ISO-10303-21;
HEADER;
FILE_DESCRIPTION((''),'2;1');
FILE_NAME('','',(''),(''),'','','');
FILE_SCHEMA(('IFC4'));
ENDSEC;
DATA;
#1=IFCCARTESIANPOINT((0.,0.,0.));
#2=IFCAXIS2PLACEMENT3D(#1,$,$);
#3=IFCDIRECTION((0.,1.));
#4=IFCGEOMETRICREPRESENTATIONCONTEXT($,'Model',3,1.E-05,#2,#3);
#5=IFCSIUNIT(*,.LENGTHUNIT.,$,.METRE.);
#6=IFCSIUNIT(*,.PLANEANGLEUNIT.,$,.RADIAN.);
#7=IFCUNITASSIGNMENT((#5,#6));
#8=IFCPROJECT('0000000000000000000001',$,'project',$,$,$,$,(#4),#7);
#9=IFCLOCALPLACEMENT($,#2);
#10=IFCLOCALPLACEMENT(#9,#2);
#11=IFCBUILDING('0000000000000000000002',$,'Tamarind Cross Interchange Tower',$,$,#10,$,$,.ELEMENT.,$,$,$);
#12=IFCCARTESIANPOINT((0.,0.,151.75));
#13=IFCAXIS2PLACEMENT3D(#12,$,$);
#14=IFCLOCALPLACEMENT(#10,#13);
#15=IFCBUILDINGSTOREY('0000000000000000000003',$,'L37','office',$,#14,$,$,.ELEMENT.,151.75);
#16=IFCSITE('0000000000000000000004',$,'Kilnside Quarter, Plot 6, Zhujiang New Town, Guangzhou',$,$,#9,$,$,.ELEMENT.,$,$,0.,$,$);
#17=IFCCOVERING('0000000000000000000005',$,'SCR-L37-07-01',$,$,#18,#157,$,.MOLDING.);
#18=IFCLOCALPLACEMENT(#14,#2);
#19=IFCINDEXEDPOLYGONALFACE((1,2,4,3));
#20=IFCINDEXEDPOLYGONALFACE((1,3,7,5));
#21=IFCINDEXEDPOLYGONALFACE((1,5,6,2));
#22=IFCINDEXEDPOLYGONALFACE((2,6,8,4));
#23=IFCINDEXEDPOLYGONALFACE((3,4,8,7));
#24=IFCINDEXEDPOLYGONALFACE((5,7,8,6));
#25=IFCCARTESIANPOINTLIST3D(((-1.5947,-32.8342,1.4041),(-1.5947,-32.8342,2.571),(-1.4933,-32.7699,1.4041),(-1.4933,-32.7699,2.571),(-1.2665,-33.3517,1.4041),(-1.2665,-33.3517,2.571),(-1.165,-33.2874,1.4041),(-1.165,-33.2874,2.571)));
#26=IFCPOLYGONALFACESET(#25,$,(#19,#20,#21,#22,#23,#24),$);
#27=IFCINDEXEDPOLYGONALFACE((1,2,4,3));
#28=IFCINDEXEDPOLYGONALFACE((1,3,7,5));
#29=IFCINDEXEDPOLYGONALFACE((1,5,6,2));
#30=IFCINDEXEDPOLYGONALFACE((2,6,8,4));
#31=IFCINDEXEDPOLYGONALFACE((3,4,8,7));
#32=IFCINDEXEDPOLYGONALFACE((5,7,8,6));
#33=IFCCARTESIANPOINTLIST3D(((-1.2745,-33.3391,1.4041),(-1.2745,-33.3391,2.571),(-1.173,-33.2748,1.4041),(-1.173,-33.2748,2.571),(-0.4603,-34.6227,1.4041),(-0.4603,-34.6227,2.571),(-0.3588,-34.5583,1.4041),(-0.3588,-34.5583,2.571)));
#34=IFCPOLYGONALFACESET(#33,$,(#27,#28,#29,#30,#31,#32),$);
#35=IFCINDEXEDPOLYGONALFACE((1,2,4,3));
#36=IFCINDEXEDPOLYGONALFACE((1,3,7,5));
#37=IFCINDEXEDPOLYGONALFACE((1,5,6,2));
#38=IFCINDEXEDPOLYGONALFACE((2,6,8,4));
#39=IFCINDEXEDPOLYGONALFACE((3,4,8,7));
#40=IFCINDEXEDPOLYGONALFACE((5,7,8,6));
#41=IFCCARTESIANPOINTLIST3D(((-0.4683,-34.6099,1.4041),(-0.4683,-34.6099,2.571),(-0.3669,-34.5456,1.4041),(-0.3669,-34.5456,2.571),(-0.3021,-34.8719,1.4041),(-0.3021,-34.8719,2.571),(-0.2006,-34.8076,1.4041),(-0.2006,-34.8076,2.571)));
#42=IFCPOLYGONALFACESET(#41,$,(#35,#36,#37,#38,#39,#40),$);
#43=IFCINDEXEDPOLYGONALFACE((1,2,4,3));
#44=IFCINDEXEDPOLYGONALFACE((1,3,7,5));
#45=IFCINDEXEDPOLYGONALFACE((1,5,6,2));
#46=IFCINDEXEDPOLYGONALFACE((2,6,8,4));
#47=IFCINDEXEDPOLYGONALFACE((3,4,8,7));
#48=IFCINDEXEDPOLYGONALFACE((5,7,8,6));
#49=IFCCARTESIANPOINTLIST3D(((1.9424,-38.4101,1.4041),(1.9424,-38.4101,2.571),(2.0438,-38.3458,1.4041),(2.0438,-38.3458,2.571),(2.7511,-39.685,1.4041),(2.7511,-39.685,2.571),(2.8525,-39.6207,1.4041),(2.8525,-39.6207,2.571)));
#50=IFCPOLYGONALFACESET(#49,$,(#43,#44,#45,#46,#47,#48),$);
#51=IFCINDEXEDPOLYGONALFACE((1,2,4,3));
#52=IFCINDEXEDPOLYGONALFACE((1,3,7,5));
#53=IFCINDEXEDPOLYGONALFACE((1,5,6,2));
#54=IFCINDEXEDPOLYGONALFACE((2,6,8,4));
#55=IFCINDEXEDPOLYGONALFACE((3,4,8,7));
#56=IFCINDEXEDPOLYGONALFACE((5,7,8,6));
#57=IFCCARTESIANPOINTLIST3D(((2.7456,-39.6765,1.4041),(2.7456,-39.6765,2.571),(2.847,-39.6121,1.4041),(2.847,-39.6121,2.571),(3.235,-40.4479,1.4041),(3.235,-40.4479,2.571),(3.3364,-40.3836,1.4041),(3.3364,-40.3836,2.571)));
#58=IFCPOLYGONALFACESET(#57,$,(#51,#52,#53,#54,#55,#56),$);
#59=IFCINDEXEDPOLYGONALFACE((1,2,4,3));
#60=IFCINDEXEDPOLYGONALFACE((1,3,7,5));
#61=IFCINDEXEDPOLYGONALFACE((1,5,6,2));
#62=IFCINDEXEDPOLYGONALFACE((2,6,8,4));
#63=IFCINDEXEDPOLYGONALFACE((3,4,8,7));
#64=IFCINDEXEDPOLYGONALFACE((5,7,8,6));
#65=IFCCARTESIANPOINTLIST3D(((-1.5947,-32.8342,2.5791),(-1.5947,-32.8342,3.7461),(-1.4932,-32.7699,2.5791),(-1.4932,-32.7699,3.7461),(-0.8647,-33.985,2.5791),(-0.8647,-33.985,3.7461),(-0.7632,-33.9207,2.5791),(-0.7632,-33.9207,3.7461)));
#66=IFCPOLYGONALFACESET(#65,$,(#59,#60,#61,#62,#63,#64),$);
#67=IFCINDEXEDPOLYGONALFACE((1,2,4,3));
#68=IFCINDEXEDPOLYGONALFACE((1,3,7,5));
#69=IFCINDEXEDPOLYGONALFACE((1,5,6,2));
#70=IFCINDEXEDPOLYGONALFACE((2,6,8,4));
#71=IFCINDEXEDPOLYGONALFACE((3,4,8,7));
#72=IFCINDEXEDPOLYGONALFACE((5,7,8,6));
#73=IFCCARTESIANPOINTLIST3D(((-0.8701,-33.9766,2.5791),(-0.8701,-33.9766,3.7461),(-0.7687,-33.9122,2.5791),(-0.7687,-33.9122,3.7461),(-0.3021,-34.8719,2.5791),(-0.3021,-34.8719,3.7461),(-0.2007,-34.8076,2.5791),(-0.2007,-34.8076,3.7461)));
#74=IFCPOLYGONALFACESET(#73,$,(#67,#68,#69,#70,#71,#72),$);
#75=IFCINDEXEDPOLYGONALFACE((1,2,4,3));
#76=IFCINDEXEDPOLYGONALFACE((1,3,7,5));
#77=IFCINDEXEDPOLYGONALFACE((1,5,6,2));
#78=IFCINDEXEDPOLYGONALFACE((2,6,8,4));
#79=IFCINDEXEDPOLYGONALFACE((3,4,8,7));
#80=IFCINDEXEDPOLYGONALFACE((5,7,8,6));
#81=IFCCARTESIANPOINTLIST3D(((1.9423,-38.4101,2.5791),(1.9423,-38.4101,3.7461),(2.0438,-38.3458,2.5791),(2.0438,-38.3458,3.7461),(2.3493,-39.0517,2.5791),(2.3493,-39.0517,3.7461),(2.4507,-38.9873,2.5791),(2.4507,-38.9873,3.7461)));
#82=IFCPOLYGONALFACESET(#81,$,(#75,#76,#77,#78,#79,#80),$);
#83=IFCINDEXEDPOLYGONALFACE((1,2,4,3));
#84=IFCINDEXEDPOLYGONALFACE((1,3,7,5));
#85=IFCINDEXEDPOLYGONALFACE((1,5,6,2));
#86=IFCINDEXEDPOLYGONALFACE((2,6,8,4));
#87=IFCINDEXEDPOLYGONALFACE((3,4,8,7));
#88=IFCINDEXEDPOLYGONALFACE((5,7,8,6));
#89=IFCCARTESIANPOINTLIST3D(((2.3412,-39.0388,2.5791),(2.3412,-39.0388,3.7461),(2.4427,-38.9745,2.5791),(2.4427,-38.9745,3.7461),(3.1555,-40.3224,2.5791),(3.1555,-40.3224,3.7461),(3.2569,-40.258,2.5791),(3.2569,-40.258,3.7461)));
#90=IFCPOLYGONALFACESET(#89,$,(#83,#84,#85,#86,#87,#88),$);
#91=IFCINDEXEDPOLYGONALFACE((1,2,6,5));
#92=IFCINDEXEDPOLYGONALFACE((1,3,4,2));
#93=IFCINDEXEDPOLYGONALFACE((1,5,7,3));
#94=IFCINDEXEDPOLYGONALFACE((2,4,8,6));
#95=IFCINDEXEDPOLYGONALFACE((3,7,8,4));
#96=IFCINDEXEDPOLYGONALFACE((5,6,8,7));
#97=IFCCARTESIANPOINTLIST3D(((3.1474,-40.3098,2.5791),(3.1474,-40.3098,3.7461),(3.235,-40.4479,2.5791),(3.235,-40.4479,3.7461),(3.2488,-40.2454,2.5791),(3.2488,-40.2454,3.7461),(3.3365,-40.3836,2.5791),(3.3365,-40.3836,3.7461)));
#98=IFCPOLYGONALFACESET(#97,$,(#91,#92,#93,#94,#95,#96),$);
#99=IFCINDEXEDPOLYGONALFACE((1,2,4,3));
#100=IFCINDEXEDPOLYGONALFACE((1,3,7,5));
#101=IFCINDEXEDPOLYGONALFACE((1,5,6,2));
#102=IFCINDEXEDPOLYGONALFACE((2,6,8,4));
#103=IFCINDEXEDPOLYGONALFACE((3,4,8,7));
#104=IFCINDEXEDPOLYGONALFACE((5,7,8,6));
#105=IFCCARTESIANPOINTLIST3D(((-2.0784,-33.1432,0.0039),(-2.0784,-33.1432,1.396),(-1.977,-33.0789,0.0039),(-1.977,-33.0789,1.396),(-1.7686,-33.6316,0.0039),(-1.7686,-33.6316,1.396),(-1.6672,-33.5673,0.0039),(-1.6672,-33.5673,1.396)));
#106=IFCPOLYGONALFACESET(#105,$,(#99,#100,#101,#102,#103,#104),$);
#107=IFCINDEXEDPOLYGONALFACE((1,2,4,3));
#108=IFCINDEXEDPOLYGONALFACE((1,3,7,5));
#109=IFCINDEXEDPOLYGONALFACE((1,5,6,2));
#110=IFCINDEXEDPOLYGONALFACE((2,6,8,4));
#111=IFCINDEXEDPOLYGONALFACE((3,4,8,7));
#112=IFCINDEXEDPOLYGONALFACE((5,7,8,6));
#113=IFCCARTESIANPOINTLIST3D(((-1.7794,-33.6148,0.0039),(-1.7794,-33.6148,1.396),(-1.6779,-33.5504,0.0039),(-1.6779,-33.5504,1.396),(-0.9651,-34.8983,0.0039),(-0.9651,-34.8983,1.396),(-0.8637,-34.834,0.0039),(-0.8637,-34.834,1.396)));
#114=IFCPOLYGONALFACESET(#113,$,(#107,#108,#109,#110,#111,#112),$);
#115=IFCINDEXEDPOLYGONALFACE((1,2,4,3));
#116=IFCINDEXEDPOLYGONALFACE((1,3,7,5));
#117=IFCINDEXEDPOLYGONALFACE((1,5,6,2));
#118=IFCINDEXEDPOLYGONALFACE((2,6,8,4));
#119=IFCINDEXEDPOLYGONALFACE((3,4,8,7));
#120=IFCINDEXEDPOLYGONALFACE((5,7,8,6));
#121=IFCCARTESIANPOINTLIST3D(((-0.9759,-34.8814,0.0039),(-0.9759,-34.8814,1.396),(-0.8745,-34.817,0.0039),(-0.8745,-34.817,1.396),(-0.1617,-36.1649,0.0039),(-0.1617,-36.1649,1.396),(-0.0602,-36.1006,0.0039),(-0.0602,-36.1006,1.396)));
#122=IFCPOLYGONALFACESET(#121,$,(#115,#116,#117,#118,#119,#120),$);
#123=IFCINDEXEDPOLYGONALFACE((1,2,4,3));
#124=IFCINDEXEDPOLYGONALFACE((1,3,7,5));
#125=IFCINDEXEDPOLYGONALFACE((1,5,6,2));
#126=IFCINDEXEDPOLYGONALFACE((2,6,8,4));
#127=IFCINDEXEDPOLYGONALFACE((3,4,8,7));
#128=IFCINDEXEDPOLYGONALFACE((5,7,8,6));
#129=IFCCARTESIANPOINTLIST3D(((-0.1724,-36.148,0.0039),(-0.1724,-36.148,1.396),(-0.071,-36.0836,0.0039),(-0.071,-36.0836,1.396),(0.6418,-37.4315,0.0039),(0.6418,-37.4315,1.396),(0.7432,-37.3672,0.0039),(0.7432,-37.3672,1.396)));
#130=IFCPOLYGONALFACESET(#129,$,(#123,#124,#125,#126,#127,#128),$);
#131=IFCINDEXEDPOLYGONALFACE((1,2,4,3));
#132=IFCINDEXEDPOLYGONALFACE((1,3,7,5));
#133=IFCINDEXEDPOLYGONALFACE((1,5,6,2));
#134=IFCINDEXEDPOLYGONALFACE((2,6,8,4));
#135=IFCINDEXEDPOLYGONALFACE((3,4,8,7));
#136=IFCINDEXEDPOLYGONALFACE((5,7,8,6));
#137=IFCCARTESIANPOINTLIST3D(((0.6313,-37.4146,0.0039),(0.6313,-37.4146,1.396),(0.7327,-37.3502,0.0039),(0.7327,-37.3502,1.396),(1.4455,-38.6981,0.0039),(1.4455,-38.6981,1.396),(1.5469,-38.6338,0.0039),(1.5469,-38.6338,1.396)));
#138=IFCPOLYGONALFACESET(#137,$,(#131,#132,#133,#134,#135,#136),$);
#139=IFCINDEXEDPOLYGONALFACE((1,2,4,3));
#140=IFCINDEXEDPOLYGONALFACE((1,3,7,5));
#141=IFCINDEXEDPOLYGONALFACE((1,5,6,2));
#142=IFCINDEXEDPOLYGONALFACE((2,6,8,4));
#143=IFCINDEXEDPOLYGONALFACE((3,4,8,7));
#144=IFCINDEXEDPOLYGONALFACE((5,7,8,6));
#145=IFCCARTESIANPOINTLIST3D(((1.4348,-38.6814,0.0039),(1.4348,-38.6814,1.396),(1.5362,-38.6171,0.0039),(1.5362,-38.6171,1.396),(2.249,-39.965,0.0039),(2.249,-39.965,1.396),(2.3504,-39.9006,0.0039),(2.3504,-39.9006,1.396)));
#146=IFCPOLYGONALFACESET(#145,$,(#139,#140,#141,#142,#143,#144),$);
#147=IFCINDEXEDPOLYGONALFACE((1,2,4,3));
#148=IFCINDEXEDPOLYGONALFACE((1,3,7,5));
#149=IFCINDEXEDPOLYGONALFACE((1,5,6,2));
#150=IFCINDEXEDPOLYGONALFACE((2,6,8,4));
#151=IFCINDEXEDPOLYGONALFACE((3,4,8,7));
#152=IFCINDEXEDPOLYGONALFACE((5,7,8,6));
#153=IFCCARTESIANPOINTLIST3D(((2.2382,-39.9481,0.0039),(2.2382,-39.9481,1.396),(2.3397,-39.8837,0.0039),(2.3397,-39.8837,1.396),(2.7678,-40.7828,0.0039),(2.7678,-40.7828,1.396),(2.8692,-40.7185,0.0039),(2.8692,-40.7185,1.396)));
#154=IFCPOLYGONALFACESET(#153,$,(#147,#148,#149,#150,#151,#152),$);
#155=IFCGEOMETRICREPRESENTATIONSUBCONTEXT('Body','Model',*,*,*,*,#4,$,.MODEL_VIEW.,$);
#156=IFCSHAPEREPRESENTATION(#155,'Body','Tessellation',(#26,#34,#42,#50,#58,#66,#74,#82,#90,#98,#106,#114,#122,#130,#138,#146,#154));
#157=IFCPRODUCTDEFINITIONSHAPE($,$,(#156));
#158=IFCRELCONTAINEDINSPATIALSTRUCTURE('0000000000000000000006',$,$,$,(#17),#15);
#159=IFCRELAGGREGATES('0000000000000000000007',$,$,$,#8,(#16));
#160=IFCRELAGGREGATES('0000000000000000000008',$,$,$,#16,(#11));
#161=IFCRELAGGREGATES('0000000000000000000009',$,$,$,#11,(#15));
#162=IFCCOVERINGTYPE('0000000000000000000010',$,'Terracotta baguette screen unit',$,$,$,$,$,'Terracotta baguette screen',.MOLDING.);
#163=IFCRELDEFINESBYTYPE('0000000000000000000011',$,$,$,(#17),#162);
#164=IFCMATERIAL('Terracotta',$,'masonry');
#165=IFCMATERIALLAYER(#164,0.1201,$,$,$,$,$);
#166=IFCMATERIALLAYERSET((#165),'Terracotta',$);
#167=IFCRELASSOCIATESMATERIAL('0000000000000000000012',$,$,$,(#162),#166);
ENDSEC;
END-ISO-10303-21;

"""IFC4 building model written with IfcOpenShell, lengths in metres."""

from ifc_helpers import new_model, si_unit, direction, frame, origin, origin_2d, place, context, subcontext, project, spatial, rectangle, extrude, material, layer, layer_set, type_object, element, save


model = new_model("IFC4")

# Units and contexts
model_context = context("Model", 3, precision=1e-05, world=origin(), true_north=direction((0.0, 1.0)))
body_context = subcontext(model_context, "Body", "Model", "MODEL_VIEW")
ifc_project = project(units=[si_unit("LENGTHUNIT", "METRE"), si_unit("PLANEANGLEUNIT", "RADIAN")], contexts=[model_context])

# Site, building, storey
site_placement = place(None, origin())
site = spatial("IfcSite", under=ifc_project, at=site_placement, Name="Kilnside Quarter, Plot 6, Zhujiang New Town, Guangzhou", CompositionType="ELEMENT", RefElevation=0.0)
building_placement = place(site_placement, origin())
building = spatial("IfcBuilding", under=site, at=building_placement, Name="Tamarind Cross Interchange Tower", CompositionType="ELEMENT")
storey_placement = place(building_placement, frame((0.0, 0.0, 151.75)))
storey = spatial("IfcBuildingStorey", under=building, at=storey_placement, Name="L37", Description="office", CompositionType="ELEMENT", Elevation=151.75)

# Covering
ifc_material_1 = material(Name="Terracotta", Category="masonry")
ifc_layer_1 = layer(ifc_material_1, 0.1201)
ifc_layer_set_1 = layer_set([ifc_layer_1], Name="Terracotta")
covering_type = type_object("IfcCoveringType", Name="Terracotta baguette screen unit", ElementType="Terracotta baguette screen", PredefinedType="MOLDING", material=ifc_layer_set_1)
covering_1_placement = place(storey_placement, origin())
element("IfcCovering", 1, at=covering_1_placement, inside=storey, type_object=covering_type, Name="SCR-L37-07-01", PredefinedType="MOLDING", context=body_context, shape_type="SweptSolid", body=[
    extrude(rectangle(XDim=0.6128, YDim=0.1201, at=origin_2d()), frame((-1.3799, -33.0608, 1.4041), z_axis=(0.0, 0.0, 1.0), x_axis=(0.535662, -0.844433, 0.0)), (0.0, 0.0, 1.0), 1.167),
    extrude(rectangle(XDim=1.52, YDim=0.1201, at=origin_2d()), frame((-0.8167, -33.9487, 1.4041), z_axis=(0.0, 0.0, 1.0), x_axis=(0.535662, -0.844433, 0.0)), (0.0, 0.0, 1.0), 1.167),
    extrude(rectangle(XDim=0.3103, YDim=0.1201, at=origin_2d()), frame((-0.3345, -34.7087, 1.4041), z_axis=(0.0, 0.0, 1.0), x_axis=(0.535662, -0.844433, 0.0)), (0.0, 0.0, 1.0), 1.167),
    extrude(rectangle(XDim=1.5098, YDim=0.1201, at=origin_2d()), frame((2.3975, -39.0154, 1.4041), z_axis=(0.0, 0.0, 1.0), x_axis=(0.535662, -0.844433, 0.0)), (0.0, 0.0, 1.0), 1.167),
    extrude(rectangle(XDim=0.9136, YDim=0.1201, at=origin_2d()), frame((3.041, -40.03, 1.4041), z_axis=(0.0, 0.0, 1.0), x_axis=(0.535662, -0.844433, 0.0)), (0.0, 0.0, 1.0), 1.167),
    extrude(rectangle(XDim=1.3628, YDim=0.1201, at=origin_2d()), frame((-1.179, -33.3774, 2.5791), z_axis=(0.0, 0.0, 1.0), x_axis=(0.535662, -0.844433, 0.0)), (0.0, 0.0, 1.0), 1.167),
    extrude(rectangle(XDim=1.0603, YDim=0.1201, at=origin_2d()), frame((-0.5354, -34.3921, 2.5791), z_axis=(0.0, 0.0, 1.0), x_axis=(0.535662, -0.844433, 0.0)), (0.0, 0.0, 1.0), 1.167),
    extrude(rectangle(XDim=0.7598, YDim=0.1201, at=origin_2d()), frame((2.1965, -38.6987, 2.5791), z_axis=(0.0, 0.0, 1.0), x_axis=(0.535662, -0.844433, 0.0)), (0.0, 0.0, 1.0), 1.167),
    extrude(rectangle(XDim=1.52, YDim=0.1201, at=origin_2d()), frame((2.7991, -39.6484, 2.5791), z_axis=(0.0, 0.0, 1.0), x_axis=(0.535662, -0.844433, 0.0)), (0.0, 0.0, 1.0), 1.167),
    extrude(rectangle(XDim=0.1636, YDim=0.1201, at=origin_2d()), frame((3.2419, -40.3467, 2.5791), z_axis=(0.0, 0.0, 1.0), x_axis=(0.535662, -0.844433, 0.0)), (0.0, 0.0, 1.0), 1.167),
    extrude(rectangle(XDim=0.5784, YDim=0.1201, at=origin_2d()), frame((-1.8728, -33.3552, 0.0039), z_axis=(0.0, 0.0, 1.0), x_axis=(0.535662, -0.844433, 0.0)), (0.0, 0.0, 1.0), 1.3921),
    extrude(rectangle(XDim=1.52, YDim=0.1201, at=origin_2d()), frame((-1.3215, -34.2244, 0.0039), z_axis=(0.0, 0.0, 1.0), x_axis=(0.535662, -0.844433, 0.0)), (0.0, 0.0, 1.0), 1.3921),
    extrude(rectangle(XDim=1.52, YDim=0.1201, at=origin_2d()), frame((-0.5181, -35.491, 0.0039), z_axis=(0.0, 0.0, 1.0), x_axis=(0.535662, -0.844433, 0.0)), (0.0, 0.0, 1.0), 1.3921),
    extrude(rectangle(XDim=1.52, YDim=0.1201, at=origin_2d()), frame((0.2854, -36.7576, 0.0039), z_axis=(0.0, 0.0, 1.0), x_axis=(0.535662, -0.844433, 0.0)), (0.0, 0.0, 1.0), 1.3921),
    extrude(rectangle(XDim=1.52, YDim=0.1201, at=origin_2d()), frame((1.0891, -38.0242, 0.0039), z_axis=(0.0, 0.0, 1.0), x_axis=(0.535662, -0.844433, 0.0)), (0.0, 0.0, 1.0), 1.3921),
    extrude(rectangle(XDim=1.52, YDim=0.1201, at=origin_2d()), frame((1.8926, -39.291, 0.0039), z_axis=(0.0, 0.0, 1.0), x_axis=(0.535662, -0.844433, 0.0)), (0.0, 0.0, 1.0), 1.3921),
    extrude(rectangle(XDim=0.9885, YDim=0.1201, at=origin_2d()), frame((2.5537, -40.3333, 0.0039), z_axis=(0.0, 0.0, 1.0), x_axis=(0.535662, -0.844433, 0.0)), (0.0, 0.0, 1.0), 1.3921),
])

save(model, "model.ifc")
